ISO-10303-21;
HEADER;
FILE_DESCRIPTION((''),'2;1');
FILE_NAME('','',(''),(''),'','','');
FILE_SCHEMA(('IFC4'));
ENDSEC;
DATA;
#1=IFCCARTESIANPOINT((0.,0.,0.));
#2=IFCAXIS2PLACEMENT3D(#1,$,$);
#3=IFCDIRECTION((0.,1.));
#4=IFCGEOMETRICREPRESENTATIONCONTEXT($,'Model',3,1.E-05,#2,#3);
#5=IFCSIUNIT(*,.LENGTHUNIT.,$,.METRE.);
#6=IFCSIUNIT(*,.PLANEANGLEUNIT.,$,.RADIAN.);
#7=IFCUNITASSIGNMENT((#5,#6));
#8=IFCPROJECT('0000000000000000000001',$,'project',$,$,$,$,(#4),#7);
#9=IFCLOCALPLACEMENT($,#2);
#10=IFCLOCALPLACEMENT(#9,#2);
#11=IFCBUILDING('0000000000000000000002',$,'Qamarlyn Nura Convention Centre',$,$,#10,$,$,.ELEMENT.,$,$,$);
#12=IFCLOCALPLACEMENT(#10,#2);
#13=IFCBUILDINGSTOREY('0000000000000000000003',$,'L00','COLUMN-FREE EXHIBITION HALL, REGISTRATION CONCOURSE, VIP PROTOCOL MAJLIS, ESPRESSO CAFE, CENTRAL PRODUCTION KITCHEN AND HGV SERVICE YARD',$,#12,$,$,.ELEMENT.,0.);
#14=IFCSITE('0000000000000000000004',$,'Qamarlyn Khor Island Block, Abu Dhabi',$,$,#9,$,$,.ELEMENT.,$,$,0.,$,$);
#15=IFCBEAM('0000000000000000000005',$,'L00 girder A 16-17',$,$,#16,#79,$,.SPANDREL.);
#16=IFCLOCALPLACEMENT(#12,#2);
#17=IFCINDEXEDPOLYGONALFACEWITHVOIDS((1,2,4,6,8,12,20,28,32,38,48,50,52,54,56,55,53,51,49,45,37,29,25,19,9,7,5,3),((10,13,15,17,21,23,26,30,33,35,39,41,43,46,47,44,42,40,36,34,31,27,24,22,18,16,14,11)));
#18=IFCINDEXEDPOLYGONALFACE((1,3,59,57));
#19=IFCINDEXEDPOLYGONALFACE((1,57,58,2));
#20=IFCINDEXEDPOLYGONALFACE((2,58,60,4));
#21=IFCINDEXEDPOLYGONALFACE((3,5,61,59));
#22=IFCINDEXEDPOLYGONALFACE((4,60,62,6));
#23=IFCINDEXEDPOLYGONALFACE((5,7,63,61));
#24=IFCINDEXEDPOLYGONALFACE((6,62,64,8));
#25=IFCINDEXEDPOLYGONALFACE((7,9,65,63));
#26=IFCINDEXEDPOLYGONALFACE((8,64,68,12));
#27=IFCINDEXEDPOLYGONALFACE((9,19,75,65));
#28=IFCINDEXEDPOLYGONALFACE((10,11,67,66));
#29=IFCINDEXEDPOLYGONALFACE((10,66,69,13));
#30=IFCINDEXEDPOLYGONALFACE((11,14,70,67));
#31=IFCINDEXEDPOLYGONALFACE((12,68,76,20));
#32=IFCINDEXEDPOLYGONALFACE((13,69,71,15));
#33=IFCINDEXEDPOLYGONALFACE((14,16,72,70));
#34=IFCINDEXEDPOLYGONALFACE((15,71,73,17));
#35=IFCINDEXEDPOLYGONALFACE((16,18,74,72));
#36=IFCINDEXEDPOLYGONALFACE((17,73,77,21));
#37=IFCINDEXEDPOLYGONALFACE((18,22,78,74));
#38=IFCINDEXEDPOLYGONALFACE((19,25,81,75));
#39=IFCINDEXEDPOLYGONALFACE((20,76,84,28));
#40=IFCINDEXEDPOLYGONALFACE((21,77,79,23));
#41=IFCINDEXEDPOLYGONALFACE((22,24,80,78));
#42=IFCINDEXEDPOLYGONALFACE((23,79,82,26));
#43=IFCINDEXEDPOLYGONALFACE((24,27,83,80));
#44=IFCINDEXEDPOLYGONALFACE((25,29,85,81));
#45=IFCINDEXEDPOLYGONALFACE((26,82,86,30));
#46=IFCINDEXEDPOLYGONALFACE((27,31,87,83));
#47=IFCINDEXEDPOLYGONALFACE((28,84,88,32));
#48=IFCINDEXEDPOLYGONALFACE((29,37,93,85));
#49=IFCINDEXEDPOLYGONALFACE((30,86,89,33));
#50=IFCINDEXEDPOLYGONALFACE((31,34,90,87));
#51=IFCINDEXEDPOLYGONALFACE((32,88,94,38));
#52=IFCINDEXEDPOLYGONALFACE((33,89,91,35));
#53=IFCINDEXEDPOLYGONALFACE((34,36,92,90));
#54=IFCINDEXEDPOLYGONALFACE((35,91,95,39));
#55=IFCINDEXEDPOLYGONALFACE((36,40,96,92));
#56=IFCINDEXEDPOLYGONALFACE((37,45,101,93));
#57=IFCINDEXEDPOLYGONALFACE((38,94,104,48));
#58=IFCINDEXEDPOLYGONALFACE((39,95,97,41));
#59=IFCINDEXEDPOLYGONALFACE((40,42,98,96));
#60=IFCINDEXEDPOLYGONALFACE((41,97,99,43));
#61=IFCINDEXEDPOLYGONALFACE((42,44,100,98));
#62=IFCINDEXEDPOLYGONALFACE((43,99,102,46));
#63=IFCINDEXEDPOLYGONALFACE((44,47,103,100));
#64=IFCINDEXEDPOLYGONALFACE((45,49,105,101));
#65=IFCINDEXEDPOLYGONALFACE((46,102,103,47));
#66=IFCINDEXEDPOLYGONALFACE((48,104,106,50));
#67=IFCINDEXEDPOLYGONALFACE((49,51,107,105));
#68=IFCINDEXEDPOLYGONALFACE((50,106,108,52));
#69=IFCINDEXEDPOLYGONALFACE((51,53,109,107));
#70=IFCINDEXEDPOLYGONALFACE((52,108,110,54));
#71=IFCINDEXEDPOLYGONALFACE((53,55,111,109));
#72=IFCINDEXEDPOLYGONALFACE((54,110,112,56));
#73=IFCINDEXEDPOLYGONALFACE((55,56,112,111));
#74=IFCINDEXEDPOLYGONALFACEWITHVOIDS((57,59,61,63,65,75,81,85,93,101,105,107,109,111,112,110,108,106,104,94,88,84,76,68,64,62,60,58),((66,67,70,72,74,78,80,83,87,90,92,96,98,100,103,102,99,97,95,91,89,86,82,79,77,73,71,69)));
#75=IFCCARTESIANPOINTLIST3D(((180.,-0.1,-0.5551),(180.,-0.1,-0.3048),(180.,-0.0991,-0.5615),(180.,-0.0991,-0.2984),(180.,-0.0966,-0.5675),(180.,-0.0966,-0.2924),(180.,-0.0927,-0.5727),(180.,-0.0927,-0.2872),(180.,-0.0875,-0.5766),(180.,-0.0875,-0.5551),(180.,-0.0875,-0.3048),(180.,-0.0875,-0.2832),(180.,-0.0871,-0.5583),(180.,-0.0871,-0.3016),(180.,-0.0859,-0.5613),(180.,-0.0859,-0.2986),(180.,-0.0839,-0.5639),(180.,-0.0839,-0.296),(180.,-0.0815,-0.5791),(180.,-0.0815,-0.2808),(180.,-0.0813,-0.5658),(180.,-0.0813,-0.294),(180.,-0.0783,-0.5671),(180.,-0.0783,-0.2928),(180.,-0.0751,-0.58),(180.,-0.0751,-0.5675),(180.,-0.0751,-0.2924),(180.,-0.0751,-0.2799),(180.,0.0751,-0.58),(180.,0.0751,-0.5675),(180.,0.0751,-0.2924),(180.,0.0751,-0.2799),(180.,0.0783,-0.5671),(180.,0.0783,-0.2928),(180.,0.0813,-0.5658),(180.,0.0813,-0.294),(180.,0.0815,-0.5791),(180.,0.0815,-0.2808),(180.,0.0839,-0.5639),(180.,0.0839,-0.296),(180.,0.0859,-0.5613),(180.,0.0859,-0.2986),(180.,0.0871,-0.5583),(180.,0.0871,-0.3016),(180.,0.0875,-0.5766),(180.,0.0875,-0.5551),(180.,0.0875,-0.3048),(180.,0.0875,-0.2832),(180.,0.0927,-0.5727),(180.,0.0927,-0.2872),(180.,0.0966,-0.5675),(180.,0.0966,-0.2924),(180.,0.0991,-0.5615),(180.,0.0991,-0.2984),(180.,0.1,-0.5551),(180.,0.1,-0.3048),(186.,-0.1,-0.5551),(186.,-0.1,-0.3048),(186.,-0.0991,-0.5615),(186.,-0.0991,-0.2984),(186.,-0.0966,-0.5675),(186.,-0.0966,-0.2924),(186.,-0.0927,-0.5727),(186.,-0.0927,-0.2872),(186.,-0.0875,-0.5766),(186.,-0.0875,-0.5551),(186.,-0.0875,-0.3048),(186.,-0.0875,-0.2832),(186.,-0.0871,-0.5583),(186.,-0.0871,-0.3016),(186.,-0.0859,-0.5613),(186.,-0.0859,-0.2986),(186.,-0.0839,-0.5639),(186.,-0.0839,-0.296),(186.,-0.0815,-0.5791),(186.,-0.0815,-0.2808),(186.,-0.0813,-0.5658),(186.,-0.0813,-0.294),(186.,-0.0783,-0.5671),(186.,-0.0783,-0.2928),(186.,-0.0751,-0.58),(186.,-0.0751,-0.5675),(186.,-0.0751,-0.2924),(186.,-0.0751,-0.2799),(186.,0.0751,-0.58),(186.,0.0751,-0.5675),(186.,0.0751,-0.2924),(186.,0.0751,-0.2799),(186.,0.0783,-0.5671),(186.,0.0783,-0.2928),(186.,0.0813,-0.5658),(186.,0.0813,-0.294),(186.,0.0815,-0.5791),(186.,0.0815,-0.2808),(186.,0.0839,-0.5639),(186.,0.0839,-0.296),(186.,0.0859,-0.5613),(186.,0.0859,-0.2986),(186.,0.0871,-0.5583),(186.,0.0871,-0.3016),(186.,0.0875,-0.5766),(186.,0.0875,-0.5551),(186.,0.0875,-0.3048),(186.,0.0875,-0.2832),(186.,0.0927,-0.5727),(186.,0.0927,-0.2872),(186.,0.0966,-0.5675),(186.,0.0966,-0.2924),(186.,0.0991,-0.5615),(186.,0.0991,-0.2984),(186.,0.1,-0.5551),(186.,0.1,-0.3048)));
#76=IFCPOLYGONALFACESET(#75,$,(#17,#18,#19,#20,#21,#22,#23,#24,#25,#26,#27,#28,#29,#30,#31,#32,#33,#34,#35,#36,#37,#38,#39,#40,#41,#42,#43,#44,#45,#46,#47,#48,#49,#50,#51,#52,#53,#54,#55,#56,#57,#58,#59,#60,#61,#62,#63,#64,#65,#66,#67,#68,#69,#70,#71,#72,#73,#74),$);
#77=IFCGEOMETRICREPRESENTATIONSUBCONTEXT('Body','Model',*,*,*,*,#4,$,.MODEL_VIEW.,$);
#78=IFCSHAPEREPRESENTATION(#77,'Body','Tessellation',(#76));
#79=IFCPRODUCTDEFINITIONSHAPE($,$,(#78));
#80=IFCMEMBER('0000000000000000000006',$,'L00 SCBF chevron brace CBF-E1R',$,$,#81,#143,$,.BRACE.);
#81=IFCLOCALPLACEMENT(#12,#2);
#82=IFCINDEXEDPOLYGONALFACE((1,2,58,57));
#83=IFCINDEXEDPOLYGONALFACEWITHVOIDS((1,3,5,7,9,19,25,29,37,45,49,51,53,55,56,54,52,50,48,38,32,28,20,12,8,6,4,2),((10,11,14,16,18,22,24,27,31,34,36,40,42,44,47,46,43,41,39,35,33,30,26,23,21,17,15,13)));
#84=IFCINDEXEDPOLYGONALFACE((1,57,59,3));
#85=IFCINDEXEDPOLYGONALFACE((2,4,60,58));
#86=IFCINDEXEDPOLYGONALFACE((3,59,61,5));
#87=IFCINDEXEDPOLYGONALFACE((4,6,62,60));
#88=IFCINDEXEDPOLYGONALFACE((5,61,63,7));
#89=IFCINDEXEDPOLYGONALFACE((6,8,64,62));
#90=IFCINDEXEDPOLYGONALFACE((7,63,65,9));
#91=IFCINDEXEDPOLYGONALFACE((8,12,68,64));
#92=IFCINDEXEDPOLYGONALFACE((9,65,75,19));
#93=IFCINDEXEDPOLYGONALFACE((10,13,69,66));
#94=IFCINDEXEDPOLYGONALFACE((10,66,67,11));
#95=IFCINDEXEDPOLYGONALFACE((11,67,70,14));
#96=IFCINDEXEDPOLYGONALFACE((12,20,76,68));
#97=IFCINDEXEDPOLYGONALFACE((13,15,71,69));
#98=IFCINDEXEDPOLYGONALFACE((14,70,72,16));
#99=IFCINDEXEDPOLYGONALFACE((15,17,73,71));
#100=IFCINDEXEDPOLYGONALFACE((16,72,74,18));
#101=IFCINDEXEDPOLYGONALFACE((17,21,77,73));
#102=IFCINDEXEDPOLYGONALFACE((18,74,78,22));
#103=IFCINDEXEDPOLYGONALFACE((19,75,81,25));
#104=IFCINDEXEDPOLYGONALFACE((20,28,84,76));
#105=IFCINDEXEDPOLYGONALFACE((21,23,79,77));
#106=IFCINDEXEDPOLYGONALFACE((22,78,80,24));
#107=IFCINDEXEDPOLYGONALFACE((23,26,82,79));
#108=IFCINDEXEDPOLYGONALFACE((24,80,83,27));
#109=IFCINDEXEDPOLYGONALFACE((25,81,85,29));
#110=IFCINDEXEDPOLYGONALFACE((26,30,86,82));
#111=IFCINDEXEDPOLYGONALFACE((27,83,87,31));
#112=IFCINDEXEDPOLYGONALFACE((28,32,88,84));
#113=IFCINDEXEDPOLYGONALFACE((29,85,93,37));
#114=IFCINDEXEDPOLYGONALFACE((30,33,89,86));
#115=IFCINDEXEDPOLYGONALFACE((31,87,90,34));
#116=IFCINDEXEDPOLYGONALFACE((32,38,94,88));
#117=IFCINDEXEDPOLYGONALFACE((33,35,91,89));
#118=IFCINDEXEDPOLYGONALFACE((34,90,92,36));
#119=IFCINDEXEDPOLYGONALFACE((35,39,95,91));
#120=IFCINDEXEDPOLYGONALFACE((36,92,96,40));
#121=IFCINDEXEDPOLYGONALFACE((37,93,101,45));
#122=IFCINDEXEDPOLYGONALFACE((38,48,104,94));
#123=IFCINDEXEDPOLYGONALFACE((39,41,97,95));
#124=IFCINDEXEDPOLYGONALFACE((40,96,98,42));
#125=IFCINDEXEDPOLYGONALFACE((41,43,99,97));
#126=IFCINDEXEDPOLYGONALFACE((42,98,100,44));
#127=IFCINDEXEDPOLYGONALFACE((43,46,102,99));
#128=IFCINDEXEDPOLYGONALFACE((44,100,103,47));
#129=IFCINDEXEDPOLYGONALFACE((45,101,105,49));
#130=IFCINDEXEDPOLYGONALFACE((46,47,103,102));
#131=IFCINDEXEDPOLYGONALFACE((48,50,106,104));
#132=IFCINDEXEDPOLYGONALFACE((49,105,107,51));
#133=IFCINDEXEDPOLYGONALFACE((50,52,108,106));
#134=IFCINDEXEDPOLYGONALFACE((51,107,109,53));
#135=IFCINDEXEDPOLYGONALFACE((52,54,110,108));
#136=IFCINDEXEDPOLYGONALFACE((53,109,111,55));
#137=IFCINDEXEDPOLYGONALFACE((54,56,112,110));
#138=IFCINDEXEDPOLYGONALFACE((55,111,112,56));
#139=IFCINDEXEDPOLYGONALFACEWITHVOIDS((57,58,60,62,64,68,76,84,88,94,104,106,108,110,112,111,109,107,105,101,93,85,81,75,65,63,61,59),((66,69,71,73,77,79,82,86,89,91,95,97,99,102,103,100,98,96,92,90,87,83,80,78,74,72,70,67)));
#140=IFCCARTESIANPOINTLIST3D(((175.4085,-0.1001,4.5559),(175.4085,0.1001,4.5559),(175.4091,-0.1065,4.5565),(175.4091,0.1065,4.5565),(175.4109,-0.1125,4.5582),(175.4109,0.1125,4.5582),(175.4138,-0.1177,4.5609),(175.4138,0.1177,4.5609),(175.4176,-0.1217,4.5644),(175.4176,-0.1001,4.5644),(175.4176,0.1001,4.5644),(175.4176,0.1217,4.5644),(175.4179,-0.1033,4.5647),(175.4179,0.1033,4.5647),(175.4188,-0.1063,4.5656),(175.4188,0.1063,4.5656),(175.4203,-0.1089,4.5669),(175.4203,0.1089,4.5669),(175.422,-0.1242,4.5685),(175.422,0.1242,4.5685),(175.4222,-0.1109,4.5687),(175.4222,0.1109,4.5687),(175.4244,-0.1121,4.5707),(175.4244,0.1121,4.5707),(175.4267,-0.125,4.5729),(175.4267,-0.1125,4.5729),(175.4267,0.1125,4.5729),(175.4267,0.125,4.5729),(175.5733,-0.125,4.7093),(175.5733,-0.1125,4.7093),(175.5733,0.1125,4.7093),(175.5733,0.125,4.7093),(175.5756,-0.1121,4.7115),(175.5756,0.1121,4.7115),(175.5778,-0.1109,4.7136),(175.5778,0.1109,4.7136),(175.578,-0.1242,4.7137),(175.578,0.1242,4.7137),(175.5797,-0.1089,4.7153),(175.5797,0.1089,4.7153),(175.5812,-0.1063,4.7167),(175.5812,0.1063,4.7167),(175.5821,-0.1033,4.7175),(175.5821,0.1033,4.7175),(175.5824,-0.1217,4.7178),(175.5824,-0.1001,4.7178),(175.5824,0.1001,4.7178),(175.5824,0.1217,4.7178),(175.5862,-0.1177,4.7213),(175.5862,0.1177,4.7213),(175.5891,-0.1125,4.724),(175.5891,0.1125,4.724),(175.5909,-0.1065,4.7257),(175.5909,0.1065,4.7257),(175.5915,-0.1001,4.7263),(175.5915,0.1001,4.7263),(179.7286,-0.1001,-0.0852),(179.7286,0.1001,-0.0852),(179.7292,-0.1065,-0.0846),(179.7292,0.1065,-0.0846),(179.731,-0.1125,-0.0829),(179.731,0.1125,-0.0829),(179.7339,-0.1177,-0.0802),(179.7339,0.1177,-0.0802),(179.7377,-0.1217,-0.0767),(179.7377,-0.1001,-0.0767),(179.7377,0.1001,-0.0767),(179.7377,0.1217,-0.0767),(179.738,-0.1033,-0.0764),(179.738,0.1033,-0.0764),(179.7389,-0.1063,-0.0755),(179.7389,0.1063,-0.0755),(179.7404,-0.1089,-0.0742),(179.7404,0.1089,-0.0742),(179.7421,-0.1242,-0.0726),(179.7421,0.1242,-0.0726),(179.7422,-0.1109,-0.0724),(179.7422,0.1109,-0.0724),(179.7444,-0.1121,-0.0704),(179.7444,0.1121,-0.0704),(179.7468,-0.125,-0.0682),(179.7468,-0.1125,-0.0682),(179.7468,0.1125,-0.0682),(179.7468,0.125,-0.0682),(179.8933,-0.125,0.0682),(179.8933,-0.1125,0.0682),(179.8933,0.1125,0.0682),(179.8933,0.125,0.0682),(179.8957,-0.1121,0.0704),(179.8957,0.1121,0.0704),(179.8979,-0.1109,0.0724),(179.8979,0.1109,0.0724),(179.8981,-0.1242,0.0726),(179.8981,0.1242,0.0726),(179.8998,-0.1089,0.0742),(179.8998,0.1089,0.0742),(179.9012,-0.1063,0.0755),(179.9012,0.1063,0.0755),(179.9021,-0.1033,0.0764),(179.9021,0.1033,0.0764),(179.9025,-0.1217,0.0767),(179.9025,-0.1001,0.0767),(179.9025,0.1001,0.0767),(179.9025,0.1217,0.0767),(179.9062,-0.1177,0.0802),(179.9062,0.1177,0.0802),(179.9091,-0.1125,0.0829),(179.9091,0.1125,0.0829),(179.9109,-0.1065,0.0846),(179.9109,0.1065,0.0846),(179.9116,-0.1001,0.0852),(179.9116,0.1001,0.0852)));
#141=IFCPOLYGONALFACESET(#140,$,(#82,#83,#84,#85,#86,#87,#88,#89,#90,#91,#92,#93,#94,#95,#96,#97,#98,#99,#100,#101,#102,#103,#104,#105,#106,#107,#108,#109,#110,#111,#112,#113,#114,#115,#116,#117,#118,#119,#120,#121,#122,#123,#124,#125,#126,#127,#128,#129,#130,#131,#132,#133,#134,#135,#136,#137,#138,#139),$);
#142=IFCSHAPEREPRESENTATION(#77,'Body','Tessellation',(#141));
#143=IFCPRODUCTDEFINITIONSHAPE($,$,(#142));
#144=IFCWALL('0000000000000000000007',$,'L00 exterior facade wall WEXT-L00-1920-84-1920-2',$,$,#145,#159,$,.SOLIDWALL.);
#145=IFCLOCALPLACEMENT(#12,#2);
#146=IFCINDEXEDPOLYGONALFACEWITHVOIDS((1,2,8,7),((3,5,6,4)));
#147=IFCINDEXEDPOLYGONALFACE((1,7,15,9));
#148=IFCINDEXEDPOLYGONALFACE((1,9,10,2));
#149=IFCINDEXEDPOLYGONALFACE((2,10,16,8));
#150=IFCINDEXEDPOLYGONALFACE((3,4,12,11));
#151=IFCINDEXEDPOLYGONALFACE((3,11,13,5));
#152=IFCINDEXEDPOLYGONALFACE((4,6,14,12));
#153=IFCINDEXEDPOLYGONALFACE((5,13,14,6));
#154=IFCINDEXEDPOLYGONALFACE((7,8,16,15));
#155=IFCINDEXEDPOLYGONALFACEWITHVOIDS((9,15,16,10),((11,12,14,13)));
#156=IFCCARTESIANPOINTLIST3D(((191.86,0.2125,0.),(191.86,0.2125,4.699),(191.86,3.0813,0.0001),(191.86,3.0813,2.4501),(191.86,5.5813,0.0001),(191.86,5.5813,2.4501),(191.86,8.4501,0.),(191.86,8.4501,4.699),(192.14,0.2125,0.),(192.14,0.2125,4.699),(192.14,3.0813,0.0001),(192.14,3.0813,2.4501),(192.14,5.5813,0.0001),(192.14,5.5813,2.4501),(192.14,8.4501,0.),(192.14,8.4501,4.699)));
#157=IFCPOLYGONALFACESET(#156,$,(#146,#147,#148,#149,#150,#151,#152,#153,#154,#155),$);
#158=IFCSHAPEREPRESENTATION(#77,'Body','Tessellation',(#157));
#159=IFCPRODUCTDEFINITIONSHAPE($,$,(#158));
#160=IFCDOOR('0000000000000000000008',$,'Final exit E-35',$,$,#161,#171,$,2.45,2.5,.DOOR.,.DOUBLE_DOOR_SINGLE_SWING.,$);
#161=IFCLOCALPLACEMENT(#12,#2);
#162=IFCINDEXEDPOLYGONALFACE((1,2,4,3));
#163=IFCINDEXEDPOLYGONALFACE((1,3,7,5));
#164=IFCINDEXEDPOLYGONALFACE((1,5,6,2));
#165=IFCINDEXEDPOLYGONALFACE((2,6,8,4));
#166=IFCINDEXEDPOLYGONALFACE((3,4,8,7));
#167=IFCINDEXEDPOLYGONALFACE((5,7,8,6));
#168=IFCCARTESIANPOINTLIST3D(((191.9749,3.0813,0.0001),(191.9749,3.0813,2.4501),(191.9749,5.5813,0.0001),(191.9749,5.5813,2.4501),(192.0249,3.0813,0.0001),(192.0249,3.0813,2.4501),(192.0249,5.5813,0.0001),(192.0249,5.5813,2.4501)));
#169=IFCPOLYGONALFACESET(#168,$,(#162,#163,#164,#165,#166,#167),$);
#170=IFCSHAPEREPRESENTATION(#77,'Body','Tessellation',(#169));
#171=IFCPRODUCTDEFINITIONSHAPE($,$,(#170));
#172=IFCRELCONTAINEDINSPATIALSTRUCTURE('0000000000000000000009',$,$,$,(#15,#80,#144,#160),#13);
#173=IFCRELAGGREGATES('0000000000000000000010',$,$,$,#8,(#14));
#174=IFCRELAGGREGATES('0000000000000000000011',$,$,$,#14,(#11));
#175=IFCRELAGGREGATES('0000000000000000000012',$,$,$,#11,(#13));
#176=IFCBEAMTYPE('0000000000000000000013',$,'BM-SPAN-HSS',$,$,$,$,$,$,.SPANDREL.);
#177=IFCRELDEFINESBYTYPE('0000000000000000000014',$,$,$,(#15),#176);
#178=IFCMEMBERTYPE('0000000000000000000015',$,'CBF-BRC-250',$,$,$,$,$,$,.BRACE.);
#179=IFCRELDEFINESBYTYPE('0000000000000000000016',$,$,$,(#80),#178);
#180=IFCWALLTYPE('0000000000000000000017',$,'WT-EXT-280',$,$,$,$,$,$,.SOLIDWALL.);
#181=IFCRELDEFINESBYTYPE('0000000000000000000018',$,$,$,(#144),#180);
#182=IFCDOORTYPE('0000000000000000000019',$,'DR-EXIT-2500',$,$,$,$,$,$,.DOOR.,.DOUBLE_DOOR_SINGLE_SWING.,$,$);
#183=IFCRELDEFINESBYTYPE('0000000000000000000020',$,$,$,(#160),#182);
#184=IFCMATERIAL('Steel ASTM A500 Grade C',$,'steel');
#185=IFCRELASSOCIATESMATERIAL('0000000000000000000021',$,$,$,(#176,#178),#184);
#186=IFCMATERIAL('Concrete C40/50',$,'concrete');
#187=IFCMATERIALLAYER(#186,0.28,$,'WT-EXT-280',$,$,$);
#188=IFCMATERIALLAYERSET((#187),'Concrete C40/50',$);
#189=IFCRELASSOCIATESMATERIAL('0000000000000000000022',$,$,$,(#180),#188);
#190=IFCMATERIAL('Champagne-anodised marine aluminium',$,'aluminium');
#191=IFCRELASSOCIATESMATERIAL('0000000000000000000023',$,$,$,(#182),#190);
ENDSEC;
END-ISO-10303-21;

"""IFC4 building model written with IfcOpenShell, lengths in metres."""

from ifc_helpers import new_model, si_unit, direction, frame, frame_2d, origin, origin_2d, place, context, subcontext, project, spatial, rectangle, hollow_rectangle, extrude, material, layer, layer_set, material_profile, profile_set, type_object, element, fill, save


model = new_model("IFC4")

# Units and contexts
model_context = context("Model", 3, precision=1e-05, world=origin(), true_north=direction((0.0, 1.0)))
body_context = subcontext(model_context, "Body", "Model", "MODEL_VIEW")
ifc_project = project(units=[si_unit("LENGTHUNIT", "METRE"), si_unit("PLANEANGLEUNIT", "RADIAN")], contexts=[model_context])

# Site, building, storey
site_placement = place(None, origin())
site = spatial("IfcSite", under=ifc_project, at=site_placement, Name="Qamarlyn Khor Island Block, Abu Dhabi", CompositionType="ELEMENT", RefElevation=0.0)
building_placement = place(site_placement, origin())
building = spatial("IfcBuilding", under=site, at=building_placement, Name="Qamarlyn Nura Convention Centre", CompositionType="ELEMENT")
storey_placement = place(building_placement, origin())
storey = spatial("IfcBuildingStorey", under=building, at=storey_placement, Name="L00", Description="COLUMN-FREE EXHIBITION HALL, REGISTRATION CONCOURSE, VIP PROTOCOL MAJLIS, ESPRESSO CAFE, CENTRAL PRODUCTION KITCHEN AND HGV SERVICE YARD", CompositionType="ELEMENT", Elevation=0.0)

# Beam
ifc_material_1 = material(Name="Steel ASTM A500 Grade C", Category="steel")
ifc_material_profile_1 = material_profile(ifc_material_1, hollow_rectangle(XDim=0.2, YDim=0.3, WallThickness=0.0125, InnerFilletRadius=0.0125, OuterFilletRadius=0.0249, at=origin_2d()), Name="HSS300X200X12.5")
ifc_profile_set_1 = profile_set([ifc_material_profile_1], Name="Steel ASTM A500 Grade C")
beam_type_1 = type_object("IfcBeamType", Name="BM-SPAN-HSS", PredefinedType="SPANDREL", material=ifc_profile_set_1)
beam_1_placement = place(storey_placement, frame((180.0, 0.0, -0.4299), z_axis=(1.0, 0.0, 0.0), x_axis=(0.0, 1.0, 0.0)))
element("IfcBeam", 1, at=beam_1_placement, inside=storey, type_object=beam_type_1, Name="L00 girder A 16-17", PredefinedType="SPANDREL", context=body_context, shape_type="SweptSolid", body=[
    extrude(hollow_rectangle(XDim=0.2, YDim=0.3, WallThickness=0.0125, InnerFilletRadius=0.0125, OuterFilletRadius=0.0249, at=origin_2d()), origin(), (0.0, 0.0, 1.0), 6.0),
])

# Member
ifc_material_profile_2 = material_profile(ifc_material_1, hollow_rectangle(XDim=0.25, YDim=0.25, WallThickness=0.0125, InnerFilletRadius=0.0125, OuterFilletRadius=0.0249, at=origin_2d()), Name="HSS250X250X12.5")
ifc_profile_set_2 = profile_set([ifc_material_profile_2], Name="Steel ASTM A500 Grade C")
member_type = type_object("IfcMemberType", Name="CBF-BRC-250", PredefinedType="BRACE", material=ifc_profile_set_2)
member_placement = place(storey_placement, frame((179.8201, 0.0, 0.0), z_axis=(-0.681337, 0.0, 0.73197), x_axis=(0.0, -1.0, 0.0)))
element("IfcMember", 2, at=member_placement, inside=storey, type_object=member_type, Name="L00 SCBF chevron brace CBF-E1R", PredefinedType="BRACE", context=body_context, shape_type="SweptSolid", body=[
    extrude(hollow_rectangle(XDim=0.25, YDim=0.25, WallThickness=0.0125, InnerFilletRadius=0.0125, OuterFilletRadius=0.0249, at=origin_2d()), origin(), (0.0, 0.0, 1.0), 6.3406),
])

# Wall, opening, door
ifc_material_2 = material(Name="Concrete C40/50", Category="concrete")
ifc_layer_1 = layer(ifc_material_2, 0.28, Name="WT-EXT-280")
ifc_layer_set_1 = layer_set([ifc_layer_1], Name="Concrete C40/50")
wall_type_1 = type_object("IfcWallType", Name="WT-EXT-280", PredefinedType="SOLIDWALL", material=ifc_layer_set_1)
wall_1_placement = place(storey_placement, frame((192.0, 8.45, 0.0), z_axis=(0.0, 0.0, 1.0), x_axis=(0.0, -1.0, 0.0)))
wall_1 = element("IfcWall", 3, at=wall_1_placement, inside=storey, type_object=wall_type_1, Name="L00 exterior facade wall WEXT-L00-1920-84-1920-2", PredefinedType="SOLIDWALL", context=body_context, shape_type="SweptSolid", body=[
    extrude(rectangle(XDim=8.2375, YDim=0.28, at=frame_2d((4.1187, 0.0))), origin(), (0.0, 0.0, 1.0), 4.699),
])
opening_1_placement = place(wall_1_placement, frame((2.8687, 0.0, 0.0)))
opening_1 = element("IfcOpeningElement", 4, at=opening_1_placement, cuts=wall_1, PredefinedType="OPENING", context=body_context, shape_type="SweptSolid", body=[
    extrude(rectangle(XDim=2.5, YDim=2.45, at=frame_2d((1.25, 1.2251))), frame((0.0, 0.1499, 0.0), z_axis=(0.0, -1.0, 0.0), x_axis=(1.0, 0.0, 0.0)), (0.0, 0.0, 1.0), 0.3),
])
ifc_material_3 = material(Name="Champagne-anodised marine aluminium", Category="aluminium")
door_type_1 = type_object("IfcDoorType", Name="DR-EXIT-2500", OperationType="DOUBLE_DOOR_SINGLE_SWING", PredefinedType="DOOR", material=ifc_material_3)
door_1_placement = place(opening_1_placement, origin())
door_1 = element("IfcDoor", 5, at=door_1_placement, inside=storey, type_object=door_type_1, Name="Final exit E-35", OperationType="DOUBLE_DOOR_SINGLE_SWING", OverallHeight=2.45, OverallWidth=2.5, PredefinedType="DOOR", context=body_context, shape_type="SweptSolid", body=[
    extrude(rectangle(XDim=2.5, YDim=2.45, at=frame_2d((1.25, 1.2251))), frame((0.0, 0.0249, 0.0), z_axis=(0.0, -1.0, 0.0), x_axis=(1.0, 0.0, 0.0)), (0.0, 0.0, 1.0), 0.05),
])
fill(opening_1, door_1)

save(model, "model.ifc")
